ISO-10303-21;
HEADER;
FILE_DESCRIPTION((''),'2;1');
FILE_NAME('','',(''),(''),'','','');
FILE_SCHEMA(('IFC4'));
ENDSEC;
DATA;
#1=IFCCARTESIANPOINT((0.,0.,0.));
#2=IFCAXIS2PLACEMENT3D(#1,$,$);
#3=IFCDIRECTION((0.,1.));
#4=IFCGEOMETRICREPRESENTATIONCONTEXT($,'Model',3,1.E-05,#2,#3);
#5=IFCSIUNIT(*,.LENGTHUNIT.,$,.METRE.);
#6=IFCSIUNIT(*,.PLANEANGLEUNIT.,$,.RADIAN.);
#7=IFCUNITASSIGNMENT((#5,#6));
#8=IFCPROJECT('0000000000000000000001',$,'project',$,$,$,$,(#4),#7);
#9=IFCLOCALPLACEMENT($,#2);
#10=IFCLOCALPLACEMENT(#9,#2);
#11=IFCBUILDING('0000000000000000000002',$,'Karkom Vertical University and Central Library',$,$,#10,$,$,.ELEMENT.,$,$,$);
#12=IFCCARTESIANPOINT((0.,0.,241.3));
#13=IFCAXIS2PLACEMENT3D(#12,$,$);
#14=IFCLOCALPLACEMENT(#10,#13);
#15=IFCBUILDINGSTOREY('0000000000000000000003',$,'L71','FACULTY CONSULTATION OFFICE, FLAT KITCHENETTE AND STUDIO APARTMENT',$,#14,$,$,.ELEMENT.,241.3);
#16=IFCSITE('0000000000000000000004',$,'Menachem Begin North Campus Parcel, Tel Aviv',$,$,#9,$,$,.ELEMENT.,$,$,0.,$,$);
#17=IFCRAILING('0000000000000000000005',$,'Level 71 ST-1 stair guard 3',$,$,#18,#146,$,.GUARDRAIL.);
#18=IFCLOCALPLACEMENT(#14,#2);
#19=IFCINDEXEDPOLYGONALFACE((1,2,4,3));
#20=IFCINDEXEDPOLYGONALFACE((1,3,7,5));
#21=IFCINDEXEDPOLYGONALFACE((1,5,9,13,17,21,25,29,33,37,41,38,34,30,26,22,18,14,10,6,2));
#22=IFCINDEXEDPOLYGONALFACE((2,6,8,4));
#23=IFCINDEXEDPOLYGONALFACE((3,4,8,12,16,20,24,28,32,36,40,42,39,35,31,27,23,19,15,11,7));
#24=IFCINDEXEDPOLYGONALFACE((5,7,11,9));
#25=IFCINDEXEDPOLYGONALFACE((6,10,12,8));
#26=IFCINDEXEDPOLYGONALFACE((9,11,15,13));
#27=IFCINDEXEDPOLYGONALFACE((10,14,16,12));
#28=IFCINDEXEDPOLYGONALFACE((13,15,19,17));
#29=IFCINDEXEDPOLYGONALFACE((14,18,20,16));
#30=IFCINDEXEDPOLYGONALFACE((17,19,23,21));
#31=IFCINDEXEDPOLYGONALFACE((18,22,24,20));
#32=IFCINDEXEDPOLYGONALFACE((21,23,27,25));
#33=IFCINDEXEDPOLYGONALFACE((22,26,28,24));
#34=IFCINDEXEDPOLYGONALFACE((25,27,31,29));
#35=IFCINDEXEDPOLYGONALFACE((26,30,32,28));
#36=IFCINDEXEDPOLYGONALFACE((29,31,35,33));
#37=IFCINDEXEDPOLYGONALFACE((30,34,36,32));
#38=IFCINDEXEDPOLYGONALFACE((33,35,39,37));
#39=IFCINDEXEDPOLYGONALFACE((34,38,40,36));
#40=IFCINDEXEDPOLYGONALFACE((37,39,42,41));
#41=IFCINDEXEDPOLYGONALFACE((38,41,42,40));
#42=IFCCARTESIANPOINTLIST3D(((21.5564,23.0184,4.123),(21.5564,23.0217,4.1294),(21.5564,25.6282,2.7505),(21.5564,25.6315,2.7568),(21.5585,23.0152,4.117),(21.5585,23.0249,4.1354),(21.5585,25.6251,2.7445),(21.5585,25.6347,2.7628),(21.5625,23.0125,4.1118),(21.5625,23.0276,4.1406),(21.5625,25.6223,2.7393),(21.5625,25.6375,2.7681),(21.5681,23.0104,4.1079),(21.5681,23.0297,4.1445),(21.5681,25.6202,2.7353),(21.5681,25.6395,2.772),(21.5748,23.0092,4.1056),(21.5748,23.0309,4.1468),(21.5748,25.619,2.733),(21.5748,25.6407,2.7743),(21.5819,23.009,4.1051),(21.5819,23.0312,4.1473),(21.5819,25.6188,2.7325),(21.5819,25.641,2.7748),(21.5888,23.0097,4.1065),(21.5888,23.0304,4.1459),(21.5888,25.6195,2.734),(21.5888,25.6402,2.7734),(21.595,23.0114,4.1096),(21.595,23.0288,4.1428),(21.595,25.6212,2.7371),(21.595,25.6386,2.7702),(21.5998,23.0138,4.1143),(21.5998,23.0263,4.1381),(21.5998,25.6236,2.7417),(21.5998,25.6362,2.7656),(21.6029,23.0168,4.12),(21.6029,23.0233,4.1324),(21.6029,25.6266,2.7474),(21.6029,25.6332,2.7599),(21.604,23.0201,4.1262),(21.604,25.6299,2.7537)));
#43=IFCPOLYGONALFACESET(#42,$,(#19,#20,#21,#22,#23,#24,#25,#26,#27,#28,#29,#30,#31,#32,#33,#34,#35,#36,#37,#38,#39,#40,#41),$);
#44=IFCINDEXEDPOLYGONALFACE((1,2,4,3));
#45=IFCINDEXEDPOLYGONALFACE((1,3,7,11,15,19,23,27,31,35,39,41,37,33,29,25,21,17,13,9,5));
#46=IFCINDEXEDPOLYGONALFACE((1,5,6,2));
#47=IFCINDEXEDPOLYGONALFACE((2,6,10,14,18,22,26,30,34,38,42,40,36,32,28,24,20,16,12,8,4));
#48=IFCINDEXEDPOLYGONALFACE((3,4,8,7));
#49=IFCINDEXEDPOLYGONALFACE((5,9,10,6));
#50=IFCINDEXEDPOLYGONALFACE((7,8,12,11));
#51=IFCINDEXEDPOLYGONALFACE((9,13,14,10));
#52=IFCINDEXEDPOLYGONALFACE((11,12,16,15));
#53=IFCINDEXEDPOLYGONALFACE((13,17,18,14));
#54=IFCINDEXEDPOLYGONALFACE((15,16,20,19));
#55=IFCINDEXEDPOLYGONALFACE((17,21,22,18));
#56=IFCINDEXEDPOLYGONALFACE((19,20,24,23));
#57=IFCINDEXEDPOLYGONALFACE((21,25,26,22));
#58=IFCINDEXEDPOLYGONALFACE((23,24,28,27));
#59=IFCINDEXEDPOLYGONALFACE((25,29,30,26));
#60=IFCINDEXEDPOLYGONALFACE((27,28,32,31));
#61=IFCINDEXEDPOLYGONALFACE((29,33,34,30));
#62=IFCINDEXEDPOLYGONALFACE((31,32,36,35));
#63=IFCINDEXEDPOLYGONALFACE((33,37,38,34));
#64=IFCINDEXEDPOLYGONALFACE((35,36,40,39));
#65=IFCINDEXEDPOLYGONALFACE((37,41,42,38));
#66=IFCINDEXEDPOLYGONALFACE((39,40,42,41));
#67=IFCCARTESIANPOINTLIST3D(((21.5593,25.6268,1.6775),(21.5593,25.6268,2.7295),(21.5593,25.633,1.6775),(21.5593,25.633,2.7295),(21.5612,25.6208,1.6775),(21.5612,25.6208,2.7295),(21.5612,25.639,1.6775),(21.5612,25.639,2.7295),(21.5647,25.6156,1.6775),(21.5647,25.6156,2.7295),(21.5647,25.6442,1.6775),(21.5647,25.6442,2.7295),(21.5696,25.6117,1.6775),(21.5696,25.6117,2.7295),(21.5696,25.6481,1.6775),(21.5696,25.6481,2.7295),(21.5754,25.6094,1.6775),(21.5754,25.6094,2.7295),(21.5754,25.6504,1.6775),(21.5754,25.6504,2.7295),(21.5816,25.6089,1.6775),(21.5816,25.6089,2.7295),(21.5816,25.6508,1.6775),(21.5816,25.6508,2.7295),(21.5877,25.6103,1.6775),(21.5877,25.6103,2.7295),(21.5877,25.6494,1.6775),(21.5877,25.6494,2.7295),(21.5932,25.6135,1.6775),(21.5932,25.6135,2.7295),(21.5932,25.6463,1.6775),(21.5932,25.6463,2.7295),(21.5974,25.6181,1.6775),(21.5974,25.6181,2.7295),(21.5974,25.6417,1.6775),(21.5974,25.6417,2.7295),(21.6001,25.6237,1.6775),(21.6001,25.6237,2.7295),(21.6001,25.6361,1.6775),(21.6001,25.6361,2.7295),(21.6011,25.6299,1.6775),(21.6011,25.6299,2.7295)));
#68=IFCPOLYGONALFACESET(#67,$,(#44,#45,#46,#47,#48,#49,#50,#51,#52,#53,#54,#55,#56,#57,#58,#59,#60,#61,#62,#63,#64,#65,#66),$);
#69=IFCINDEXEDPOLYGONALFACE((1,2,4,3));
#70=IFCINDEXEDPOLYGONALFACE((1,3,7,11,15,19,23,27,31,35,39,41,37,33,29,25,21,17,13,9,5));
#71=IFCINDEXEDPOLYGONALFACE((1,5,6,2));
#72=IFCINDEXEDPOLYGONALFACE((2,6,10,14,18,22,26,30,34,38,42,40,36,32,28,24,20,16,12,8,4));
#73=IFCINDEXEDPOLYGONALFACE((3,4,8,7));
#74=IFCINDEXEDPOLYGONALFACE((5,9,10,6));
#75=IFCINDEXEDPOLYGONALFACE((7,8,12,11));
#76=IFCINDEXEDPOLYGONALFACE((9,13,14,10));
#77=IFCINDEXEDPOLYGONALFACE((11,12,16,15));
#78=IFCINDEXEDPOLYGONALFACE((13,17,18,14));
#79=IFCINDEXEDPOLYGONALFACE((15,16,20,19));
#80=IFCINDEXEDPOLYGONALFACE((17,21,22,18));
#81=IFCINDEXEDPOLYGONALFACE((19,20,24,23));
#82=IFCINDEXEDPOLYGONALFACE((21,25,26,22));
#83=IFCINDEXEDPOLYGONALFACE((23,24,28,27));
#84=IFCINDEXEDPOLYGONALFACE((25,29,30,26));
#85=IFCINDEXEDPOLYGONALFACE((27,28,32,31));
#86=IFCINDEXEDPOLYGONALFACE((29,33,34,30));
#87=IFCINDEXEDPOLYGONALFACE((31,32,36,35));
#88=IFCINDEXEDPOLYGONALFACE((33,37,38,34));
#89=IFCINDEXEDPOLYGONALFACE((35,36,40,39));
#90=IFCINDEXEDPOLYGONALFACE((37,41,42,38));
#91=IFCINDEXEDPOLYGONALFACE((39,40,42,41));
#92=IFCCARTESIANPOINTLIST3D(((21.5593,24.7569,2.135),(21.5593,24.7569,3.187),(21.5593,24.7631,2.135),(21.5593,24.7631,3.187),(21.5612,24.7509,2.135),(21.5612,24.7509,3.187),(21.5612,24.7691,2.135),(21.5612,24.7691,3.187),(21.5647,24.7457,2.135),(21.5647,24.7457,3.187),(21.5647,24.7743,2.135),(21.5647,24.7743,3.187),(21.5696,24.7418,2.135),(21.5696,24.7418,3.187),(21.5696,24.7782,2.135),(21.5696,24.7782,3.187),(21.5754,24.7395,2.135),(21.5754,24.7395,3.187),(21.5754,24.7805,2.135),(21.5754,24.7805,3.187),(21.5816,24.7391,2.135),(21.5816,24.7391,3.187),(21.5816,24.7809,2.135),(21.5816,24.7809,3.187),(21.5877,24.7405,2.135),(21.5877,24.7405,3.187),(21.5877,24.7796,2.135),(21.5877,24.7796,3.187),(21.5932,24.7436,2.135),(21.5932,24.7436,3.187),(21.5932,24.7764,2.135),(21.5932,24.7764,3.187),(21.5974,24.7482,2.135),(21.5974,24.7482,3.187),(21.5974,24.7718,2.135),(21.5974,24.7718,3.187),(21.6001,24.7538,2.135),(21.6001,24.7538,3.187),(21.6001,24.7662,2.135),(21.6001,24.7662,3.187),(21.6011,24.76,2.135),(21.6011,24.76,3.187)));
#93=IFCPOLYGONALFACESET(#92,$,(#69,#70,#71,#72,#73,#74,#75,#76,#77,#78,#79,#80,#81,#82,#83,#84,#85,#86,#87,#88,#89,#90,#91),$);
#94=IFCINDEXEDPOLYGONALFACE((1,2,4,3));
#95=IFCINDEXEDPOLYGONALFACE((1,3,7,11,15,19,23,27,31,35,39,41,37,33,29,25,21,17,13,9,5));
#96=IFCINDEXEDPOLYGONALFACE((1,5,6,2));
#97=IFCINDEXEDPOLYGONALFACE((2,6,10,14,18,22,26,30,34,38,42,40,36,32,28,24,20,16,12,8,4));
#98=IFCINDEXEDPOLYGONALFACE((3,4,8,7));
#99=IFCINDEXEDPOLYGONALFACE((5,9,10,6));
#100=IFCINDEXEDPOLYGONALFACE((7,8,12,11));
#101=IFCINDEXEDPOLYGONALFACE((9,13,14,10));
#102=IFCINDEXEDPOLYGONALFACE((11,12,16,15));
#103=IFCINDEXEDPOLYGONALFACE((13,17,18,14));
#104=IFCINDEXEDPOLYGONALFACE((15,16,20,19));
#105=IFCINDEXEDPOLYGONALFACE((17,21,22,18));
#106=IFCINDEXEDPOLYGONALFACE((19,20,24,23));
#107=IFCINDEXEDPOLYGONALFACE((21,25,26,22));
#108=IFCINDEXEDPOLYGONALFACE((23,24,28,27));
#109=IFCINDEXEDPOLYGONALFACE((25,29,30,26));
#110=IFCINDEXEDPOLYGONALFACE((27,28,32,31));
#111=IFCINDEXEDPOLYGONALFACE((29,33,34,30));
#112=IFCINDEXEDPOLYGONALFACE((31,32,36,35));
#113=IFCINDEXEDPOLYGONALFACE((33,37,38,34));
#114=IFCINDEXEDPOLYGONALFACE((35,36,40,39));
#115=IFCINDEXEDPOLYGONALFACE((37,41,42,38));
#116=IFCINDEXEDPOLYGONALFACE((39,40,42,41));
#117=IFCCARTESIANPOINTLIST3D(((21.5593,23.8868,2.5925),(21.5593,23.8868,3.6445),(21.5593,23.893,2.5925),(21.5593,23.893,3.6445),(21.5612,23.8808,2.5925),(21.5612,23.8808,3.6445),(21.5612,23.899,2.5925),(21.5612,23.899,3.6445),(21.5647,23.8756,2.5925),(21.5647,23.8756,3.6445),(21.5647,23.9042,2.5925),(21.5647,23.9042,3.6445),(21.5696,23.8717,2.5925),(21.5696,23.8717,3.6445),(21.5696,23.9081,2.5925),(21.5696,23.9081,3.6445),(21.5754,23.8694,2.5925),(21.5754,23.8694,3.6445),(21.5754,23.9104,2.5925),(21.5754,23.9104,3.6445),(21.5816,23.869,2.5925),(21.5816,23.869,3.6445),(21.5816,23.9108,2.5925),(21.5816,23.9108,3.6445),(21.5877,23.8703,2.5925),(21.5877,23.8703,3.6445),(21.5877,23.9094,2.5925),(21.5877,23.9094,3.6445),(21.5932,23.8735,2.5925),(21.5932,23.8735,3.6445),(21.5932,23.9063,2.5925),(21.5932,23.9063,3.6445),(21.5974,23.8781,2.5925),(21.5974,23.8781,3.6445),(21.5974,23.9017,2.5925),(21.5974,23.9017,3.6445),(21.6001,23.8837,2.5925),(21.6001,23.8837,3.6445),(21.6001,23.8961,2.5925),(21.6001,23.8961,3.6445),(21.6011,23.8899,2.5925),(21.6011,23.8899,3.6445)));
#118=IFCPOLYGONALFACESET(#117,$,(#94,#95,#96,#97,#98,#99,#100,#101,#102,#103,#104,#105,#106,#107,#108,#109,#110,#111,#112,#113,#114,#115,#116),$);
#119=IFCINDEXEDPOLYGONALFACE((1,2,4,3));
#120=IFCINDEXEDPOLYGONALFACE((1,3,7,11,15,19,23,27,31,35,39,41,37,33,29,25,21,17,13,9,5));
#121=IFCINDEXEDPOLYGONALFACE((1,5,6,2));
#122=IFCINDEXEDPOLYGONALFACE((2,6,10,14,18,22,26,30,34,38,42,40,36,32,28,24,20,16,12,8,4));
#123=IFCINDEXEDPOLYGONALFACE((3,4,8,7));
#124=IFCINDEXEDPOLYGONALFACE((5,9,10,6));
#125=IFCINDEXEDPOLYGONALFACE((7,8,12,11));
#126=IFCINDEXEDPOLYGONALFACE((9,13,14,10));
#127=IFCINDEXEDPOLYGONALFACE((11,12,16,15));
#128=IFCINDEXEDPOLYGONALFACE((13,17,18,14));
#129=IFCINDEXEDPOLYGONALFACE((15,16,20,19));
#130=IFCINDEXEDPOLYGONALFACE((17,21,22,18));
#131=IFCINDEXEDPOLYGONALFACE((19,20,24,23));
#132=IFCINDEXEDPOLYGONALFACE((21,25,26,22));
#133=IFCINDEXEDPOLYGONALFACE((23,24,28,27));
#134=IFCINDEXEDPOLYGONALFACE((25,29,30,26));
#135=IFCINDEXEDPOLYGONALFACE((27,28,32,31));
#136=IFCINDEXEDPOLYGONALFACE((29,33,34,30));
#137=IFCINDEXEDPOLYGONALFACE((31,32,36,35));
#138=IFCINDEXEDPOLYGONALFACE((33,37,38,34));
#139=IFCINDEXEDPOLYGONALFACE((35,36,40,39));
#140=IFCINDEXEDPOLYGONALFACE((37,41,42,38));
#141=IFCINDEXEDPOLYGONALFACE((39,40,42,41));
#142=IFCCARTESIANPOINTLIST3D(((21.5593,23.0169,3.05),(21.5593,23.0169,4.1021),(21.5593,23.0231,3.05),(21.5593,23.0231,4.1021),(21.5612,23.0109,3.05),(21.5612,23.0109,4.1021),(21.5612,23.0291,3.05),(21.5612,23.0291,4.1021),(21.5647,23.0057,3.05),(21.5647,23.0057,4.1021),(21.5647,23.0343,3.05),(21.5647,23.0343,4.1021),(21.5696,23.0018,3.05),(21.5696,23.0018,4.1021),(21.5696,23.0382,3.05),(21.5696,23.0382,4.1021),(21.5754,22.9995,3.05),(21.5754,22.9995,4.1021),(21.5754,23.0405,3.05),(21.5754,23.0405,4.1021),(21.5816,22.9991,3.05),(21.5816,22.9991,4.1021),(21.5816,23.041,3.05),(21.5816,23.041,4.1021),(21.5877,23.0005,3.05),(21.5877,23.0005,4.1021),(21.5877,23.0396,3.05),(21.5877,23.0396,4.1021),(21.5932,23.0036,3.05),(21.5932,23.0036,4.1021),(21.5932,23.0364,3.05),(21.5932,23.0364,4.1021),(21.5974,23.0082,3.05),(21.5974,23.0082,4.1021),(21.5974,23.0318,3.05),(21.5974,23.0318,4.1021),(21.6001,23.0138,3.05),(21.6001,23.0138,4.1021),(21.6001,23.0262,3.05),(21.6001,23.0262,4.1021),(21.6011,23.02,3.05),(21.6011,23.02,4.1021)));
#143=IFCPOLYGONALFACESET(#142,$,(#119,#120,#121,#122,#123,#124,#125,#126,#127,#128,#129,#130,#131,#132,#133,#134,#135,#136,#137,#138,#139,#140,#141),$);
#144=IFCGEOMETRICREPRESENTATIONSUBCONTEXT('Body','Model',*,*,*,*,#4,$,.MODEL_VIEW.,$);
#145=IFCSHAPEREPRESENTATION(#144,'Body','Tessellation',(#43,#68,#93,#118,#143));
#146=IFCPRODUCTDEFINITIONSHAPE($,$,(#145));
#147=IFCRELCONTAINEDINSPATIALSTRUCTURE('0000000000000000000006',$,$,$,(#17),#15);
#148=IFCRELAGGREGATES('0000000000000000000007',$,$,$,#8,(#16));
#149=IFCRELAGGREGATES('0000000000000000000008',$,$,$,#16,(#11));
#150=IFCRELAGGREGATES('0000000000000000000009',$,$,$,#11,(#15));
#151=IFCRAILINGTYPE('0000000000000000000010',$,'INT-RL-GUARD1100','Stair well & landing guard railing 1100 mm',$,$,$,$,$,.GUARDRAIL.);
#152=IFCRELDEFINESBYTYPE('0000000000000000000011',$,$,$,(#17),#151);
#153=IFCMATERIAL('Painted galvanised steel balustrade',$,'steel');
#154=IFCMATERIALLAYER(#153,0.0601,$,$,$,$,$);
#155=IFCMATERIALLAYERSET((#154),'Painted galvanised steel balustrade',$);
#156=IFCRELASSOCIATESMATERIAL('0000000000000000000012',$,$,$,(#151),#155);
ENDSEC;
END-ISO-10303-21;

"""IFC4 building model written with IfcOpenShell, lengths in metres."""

from ifc_helpers import new_model, si_unit, direction, frame, origin, origin_2d, place, context, subcontext, project, spatial, circle, extrude, material, layer, layer_set, type_object, element, save


model = new_model("IFC4")

# Units and contexts
model_context = context("Model", 3, precision=1e-05, world=origin(), true_north=direction((0.0, 1.0)))
body_context = subcontext(model_context, "Body", "Model", "MODEL_VIEW")
ifc_project = project(units=[si_unit("LENGTHUNIT", "METRE"), si_unit("PLANEANGLEUNIT", "RADIAN")], contexts=[model_context])

# Site, building, storey
site_placement = place(None, origin())
site = spatial("IfcSite", under=ifc_project, at=site_placement, Name="Menachem Begin North Campus Parcel, Tel Aviv", CompositionType="ELEMENT", RefElevation=0.0)
building_placement = place(site_placement, origin())
building = spatial("IfcBuilding", under=site, at=building_placement, Name="Karkom Vertical University and Central Library", CompositionType="ELEMENT")
storey_placement = place(building_placement, frame((0.0, 0.0, 241.3)))
storey = spatial("IfcBuildingStorey", under=building, at=storey_placement, Name="L71", Description="FACULTY CONSULTATION OFFICE, FLAT KITCHENETTE AND STUDIO APARTMENT", CompositionType="ELEMENT", Elevation=241.3)

# Railing
ifc_material_1 = material(Name="Painted galvanised steel balustrade", Category="steel")
ifc_layer_1 = layer(ifc_material_1, 0.0601)
ifc_layer_set_1 = layer_set([ifc_layer_1], Name="Painted galvanised steel balustrade")
railing_type_1 = type_object("IfcRailingType", Name="INT-RL-GUARD1100", Description="Stair well & landing guard railing 1100 mm", PredefinedType="GUARDRAIL", material=ifc_layer_set_1)
railing_1_placement = place(storey_placement, frame((21.5801, 25.6299, 1.6775)))
element("IfcRailing", 1, at=railing_1_placement, inside=storey, type_object=railing_type_1, Name="Level 71 ST-1 stair guard 3", PredefinedType="GUARDRAIL", context=body_context, shape_type="SweptSolid", body=[
    extrude(circle(Radius=0.0239, at=origin_2d()), frame((0.0, 0.0, 1.0762), z_axis=(0.0, -0.885065, 0.465467), x_axis=(1.0, 0.0, 0.0)), (0.0, 0.0, 1.0), 2.9487),
    extrude(circle(Radius=0.021, at=origin_2d()), origin(), (0.0, 0.0, 1.0), 1.052),
    extrude(circle(Radius=0.021, at=origin_2d()), frame((0.0, -0.8699, 0.4575)), (0.0, 0.0, 1.0), 1.052),
    extrude(circle(Radius=0.021, at=origin_2d()), frame((0.0, -1.74, 0.915)), (0.0, 0.0, 1.0), 1.052),
    extrude(circle(Radius=0.021, at=origin_2d()), frame((0.0, -2.6099, 1.3726)), (0.0, 0.0, 1.0), 1.052),
])

save(model, "model.ifc")
